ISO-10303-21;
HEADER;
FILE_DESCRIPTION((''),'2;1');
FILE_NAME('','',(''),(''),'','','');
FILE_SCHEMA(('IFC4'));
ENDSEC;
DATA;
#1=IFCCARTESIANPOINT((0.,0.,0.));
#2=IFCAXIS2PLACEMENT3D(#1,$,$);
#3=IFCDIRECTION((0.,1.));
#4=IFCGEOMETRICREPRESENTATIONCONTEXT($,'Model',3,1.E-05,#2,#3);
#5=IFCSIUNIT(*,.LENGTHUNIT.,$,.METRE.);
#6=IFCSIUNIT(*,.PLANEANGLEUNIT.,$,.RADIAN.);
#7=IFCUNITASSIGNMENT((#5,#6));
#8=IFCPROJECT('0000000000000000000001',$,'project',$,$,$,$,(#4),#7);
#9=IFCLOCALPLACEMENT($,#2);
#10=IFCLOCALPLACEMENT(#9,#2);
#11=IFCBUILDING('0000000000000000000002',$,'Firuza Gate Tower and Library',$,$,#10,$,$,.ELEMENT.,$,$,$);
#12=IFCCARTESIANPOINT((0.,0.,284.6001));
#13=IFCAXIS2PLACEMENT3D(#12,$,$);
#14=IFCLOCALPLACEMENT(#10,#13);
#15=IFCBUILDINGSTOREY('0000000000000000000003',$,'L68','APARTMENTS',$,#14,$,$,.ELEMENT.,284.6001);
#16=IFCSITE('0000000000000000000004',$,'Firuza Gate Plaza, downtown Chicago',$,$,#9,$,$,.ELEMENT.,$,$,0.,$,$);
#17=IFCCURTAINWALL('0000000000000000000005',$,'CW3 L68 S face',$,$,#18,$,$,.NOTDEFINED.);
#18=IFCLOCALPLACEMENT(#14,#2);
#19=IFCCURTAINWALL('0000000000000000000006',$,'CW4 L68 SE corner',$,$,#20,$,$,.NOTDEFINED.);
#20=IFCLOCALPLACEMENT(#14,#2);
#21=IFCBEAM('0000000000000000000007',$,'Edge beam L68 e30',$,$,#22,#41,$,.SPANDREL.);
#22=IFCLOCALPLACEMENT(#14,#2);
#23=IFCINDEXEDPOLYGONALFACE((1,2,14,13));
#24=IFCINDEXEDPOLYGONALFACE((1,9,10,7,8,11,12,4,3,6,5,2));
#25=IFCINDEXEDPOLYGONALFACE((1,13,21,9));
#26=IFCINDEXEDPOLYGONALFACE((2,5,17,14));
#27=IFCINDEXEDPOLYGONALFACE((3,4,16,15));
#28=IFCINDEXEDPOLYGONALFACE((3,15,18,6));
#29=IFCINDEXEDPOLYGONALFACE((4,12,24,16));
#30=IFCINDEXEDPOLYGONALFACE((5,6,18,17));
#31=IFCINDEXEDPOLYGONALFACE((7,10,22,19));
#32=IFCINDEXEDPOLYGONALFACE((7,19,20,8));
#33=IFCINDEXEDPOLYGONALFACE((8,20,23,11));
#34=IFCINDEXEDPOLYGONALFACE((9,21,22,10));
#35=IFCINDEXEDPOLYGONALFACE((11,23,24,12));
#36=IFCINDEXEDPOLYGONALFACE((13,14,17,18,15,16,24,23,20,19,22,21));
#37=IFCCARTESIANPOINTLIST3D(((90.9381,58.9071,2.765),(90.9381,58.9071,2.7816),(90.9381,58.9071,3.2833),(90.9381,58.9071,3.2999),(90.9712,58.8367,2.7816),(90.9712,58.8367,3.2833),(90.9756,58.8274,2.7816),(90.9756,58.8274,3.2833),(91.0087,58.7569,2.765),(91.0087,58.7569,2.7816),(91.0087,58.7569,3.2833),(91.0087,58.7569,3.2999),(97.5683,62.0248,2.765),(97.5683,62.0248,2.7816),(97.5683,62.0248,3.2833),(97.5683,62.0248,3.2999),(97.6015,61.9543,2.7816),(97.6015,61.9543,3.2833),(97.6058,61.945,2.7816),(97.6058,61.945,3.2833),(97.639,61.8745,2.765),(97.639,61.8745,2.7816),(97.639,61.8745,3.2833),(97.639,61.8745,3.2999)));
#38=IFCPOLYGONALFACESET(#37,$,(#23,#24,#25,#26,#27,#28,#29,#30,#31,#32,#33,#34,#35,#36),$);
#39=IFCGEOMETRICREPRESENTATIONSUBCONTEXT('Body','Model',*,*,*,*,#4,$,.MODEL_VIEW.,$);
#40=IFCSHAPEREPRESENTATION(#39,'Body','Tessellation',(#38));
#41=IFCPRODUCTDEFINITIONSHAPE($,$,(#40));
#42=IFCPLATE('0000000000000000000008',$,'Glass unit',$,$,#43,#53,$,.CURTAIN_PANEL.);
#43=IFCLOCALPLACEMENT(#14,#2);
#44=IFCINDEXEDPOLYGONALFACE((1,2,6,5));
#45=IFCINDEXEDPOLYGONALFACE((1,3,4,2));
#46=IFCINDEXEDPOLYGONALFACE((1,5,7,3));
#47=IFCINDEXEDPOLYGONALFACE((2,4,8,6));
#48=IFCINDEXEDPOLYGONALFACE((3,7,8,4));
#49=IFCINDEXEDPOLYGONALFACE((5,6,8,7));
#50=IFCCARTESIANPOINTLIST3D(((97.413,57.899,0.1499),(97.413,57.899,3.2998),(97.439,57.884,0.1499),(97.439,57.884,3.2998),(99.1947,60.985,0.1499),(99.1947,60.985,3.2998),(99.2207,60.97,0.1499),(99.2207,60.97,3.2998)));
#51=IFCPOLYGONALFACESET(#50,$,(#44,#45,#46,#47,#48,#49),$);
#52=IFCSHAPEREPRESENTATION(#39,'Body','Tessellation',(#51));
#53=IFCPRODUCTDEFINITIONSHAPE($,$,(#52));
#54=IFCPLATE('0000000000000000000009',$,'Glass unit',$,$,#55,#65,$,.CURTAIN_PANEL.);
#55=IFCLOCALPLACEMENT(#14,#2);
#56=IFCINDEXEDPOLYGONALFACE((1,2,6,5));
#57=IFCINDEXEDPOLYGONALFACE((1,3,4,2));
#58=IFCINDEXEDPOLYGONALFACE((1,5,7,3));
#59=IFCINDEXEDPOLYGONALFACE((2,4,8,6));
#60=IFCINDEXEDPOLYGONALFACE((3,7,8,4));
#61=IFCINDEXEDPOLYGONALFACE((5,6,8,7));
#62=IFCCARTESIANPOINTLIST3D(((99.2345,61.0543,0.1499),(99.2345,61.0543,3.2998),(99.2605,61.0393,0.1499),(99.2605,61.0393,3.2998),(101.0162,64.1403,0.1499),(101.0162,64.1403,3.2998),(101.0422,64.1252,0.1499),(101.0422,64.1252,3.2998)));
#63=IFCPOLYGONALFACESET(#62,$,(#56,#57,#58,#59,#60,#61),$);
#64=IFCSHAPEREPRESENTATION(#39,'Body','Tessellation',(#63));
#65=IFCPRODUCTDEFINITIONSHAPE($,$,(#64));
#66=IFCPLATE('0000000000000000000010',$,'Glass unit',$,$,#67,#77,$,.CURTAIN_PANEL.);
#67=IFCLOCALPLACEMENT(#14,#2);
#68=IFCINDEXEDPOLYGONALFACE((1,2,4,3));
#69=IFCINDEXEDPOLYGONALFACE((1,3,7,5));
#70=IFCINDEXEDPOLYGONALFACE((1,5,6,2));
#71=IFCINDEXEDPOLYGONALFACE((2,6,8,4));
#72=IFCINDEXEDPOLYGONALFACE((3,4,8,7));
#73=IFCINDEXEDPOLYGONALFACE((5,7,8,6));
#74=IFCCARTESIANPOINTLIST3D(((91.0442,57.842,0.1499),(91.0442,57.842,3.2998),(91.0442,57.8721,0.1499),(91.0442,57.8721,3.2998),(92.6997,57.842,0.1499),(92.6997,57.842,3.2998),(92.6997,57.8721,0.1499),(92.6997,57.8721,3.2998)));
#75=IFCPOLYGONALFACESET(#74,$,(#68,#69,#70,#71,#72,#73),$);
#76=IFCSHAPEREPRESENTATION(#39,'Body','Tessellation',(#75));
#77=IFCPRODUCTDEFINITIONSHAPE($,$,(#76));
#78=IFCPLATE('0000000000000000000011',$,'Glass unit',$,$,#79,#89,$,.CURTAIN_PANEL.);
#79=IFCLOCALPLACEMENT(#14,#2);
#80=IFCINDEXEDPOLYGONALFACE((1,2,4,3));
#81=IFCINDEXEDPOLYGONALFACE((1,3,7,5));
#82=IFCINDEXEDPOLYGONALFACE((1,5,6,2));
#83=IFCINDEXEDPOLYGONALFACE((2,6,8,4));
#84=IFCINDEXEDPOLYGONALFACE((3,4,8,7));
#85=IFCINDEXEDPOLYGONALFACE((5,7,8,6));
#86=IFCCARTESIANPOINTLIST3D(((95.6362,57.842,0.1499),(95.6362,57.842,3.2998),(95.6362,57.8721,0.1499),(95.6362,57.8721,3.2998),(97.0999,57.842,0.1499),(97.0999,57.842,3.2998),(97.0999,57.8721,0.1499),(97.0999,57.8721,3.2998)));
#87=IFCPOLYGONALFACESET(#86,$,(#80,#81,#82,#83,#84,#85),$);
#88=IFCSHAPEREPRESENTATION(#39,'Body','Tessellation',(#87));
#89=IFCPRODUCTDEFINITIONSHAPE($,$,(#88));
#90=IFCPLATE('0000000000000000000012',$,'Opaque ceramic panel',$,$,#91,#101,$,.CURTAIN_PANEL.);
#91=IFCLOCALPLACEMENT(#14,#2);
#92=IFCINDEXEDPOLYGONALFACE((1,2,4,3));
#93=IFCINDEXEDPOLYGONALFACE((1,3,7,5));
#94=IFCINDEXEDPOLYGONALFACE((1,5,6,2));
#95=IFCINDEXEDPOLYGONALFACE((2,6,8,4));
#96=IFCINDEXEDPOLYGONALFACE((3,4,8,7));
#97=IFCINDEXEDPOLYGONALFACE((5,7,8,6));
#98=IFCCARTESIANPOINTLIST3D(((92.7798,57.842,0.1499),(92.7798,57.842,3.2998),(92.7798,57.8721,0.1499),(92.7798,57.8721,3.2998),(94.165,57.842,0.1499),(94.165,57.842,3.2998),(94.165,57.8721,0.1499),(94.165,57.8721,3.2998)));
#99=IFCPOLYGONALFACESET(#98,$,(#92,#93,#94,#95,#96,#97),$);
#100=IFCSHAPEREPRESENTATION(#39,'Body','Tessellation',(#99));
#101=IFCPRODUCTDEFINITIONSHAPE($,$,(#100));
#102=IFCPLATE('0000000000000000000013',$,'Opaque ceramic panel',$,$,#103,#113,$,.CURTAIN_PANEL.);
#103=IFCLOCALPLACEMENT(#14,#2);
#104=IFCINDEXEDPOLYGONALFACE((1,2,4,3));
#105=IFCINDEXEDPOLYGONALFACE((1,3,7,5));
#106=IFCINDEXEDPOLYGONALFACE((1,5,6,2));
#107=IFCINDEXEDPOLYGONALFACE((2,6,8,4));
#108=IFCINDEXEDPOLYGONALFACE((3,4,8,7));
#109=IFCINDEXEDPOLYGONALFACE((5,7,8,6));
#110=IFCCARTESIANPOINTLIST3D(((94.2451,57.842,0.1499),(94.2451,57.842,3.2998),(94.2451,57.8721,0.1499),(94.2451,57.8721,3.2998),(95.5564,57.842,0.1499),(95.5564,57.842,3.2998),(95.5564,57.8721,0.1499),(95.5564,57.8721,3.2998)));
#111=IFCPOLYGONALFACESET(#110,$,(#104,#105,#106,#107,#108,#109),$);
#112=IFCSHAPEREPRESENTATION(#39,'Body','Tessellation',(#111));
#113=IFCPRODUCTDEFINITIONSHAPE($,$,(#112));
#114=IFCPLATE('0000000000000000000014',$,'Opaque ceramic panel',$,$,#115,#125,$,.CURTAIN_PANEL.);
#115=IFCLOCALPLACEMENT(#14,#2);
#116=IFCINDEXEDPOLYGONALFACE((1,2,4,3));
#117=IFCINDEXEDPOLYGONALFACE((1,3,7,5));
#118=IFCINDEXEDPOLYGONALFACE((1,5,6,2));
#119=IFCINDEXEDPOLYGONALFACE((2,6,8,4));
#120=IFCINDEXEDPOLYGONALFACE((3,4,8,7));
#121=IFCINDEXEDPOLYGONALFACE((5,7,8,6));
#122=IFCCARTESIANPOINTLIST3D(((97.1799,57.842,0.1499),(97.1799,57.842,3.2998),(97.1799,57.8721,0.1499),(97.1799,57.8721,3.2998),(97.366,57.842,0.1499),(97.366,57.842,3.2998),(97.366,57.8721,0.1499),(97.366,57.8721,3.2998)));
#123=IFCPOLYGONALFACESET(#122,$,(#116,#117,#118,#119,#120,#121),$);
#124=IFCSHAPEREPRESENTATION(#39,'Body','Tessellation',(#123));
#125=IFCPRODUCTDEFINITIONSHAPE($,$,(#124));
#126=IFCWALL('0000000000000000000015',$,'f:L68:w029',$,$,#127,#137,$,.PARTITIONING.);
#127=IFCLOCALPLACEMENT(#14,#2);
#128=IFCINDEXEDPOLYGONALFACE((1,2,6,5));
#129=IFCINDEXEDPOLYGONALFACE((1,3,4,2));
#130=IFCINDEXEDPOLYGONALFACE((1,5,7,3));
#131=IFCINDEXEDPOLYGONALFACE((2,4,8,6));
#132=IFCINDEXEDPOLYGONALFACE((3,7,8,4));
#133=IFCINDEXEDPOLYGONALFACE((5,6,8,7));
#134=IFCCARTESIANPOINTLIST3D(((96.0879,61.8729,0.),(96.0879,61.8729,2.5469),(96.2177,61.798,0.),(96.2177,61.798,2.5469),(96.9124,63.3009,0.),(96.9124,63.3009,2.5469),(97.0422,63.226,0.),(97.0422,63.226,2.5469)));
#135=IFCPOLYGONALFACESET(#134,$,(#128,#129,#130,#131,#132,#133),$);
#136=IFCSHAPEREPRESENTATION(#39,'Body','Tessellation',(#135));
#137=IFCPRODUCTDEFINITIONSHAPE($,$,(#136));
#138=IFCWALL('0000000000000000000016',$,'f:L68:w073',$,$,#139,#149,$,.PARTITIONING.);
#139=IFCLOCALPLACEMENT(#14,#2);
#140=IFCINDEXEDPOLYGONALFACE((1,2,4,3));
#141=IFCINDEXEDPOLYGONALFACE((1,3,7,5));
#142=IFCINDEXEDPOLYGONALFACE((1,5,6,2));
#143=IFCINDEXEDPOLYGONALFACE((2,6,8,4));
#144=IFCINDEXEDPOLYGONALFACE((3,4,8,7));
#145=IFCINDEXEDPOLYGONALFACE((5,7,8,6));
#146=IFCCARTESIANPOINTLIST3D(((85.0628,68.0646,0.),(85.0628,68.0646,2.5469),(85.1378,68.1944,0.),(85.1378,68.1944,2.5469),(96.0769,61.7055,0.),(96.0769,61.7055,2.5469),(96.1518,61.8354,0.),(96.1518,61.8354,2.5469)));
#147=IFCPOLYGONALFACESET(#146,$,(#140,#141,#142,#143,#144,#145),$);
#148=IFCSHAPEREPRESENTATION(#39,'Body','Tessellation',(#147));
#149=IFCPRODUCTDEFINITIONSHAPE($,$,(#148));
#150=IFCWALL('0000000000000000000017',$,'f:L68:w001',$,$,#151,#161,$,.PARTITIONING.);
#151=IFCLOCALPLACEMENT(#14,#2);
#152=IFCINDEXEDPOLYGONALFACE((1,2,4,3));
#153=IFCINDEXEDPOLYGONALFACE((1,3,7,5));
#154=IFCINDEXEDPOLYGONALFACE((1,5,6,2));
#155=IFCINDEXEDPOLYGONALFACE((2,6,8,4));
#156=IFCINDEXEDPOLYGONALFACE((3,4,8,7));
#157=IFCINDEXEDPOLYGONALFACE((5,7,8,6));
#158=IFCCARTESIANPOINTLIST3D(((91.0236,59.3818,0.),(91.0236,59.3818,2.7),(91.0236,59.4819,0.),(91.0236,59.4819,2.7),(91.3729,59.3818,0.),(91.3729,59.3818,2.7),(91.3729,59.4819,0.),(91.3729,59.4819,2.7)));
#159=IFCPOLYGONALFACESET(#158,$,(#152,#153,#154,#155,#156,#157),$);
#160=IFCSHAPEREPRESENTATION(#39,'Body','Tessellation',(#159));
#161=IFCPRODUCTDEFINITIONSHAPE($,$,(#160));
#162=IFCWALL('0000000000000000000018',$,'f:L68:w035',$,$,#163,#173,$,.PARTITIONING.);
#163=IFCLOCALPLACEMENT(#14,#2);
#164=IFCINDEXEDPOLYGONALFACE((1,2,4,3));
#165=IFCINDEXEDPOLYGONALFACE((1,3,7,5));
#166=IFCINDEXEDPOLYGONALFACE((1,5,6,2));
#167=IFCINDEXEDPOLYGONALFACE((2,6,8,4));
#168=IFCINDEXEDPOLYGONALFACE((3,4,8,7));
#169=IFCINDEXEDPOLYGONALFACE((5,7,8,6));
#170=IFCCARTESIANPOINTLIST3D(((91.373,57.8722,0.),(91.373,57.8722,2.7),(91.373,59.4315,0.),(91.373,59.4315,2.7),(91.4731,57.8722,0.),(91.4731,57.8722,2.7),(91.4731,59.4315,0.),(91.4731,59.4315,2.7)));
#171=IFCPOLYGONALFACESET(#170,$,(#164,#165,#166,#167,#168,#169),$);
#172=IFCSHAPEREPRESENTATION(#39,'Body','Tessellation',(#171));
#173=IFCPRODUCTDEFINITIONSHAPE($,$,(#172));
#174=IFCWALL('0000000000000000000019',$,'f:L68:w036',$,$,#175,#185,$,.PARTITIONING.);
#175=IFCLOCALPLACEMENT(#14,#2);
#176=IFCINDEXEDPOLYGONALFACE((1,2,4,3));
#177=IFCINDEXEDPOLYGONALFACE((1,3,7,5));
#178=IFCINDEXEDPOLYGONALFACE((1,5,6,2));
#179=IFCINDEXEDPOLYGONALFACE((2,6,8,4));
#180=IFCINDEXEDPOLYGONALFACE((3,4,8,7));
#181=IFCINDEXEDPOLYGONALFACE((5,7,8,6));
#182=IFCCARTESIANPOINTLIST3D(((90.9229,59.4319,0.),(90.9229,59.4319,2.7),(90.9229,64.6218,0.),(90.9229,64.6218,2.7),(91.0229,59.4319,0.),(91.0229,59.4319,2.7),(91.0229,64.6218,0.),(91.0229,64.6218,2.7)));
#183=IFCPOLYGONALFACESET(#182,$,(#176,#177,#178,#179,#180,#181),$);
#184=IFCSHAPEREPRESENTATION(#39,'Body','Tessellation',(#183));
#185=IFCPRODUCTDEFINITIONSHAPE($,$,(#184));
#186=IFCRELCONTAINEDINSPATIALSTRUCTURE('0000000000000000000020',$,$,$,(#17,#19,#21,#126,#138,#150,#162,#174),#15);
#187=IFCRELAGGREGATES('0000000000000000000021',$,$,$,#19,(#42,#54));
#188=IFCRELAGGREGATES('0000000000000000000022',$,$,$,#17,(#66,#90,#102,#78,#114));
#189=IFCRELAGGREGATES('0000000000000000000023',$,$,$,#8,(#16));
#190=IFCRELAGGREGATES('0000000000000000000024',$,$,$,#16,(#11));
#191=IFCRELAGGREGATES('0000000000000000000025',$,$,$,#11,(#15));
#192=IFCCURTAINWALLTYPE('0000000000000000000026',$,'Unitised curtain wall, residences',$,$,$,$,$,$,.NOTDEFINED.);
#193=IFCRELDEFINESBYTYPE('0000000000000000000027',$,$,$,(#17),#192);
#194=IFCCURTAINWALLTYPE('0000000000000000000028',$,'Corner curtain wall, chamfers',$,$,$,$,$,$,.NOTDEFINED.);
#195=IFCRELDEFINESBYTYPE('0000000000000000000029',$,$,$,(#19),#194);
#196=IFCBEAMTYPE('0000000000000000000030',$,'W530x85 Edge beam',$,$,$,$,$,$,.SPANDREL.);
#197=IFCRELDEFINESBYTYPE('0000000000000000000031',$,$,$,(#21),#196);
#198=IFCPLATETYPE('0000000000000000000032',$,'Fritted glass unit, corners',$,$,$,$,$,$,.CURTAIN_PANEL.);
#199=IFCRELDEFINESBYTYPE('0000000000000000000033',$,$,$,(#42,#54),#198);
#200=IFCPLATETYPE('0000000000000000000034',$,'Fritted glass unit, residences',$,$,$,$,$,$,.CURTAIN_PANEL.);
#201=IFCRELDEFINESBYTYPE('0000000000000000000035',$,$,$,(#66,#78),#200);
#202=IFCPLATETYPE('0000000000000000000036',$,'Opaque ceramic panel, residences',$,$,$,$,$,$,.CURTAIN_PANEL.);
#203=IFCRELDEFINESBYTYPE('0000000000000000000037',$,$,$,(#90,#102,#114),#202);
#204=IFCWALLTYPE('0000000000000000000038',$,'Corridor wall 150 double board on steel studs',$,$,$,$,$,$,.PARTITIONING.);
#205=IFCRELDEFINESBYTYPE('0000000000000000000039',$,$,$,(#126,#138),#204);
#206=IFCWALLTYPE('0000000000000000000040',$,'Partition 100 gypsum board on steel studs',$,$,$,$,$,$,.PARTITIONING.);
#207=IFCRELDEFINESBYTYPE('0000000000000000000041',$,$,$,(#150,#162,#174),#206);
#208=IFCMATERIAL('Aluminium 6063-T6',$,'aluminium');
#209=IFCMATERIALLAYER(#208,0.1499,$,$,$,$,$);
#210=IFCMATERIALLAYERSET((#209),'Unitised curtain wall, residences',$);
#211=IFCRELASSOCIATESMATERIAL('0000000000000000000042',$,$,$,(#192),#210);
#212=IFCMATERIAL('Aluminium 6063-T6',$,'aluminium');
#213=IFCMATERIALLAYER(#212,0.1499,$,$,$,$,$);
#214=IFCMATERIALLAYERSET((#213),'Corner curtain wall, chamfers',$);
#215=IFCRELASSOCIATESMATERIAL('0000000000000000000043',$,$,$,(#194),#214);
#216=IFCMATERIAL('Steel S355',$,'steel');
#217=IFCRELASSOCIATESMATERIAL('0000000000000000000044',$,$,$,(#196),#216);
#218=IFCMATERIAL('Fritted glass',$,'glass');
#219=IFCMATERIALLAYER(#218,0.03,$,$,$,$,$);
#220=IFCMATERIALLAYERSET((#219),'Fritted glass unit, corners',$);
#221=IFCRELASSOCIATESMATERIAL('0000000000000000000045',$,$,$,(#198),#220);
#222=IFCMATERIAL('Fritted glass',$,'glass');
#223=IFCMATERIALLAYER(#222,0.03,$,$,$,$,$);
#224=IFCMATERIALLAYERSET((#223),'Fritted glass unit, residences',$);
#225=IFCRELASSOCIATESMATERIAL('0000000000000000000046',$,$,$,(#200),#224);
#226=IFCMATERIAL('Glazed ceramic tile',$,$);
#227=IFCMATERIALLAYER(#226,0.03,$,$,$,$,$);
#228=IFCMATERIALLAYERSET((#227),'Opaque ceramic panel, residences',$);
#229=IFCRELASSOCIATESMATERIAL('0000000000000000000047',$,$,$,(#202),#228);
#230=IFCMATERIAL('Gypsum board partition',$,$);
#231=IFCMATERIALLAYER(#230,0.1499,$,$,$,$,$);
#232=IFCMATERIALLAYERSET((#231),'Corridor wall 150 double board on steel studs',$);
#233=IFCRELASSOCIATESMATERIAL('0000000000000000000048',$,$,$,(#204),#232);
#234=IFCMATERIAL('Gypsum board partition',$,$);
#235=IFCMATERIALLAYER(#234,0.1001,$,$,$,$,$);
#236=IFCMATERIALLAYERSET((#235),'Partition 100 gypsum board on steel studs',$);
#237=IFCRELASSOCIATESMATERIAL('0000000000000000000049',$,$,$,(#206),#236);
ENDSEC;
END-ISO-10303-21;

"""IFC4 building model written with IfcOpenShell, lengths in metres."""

from ifc_helpers import new_model, si_unit, direction, frame, frame_2d, origin, origin_2d, place, context, subcontext, project, spatial, polyline, rectangle, i_section, outline, extrude, material, layer, layer_set, material_profile, profile_set, type_object, element, aggregate, save


model = new_model("IFC4")

# Units and contexts
model_context = context("Model", 3, precision=1e-05, world=origin(), true_north=direction((0.0, 1.0)))
body_context = subcontext(model_context, "Body", "Model", "MODEL_VIEW")
ifc_project = project(units=[si_unit("LENGTHUNIT", "METRE"), si_unit("PLANEANGLEUNIT", "RADIAN")], contexts=[model_context])

# Site, building, storey
site_placement = place(None, origin())
site = spatial("IfcSite", under=ifc_project, at=site_placement, Name="Firuza Gate Plaza, downtown Chicago", CompositionType="ELEMENT", RefElevation=0.0)
building_placement = place(site_placement, origin())
building = spatial("IfcBuilding", under=site, at=building_placement, Name="Firuza Gate Tower and Library", CompositionType="ELEMENT")
storey_placement = place(building_placement, frame((0.0, 0.0, 284.6001)))
storey = spatial("IfcBuildingStorey", under=building, at=storey_placement, Name="L68", Description="APARTMENTS", CompositionType="ELEMENT", Elevation=284.6001)

# Curtain walls
ifc_material_1 = material(Name="Aluminium 6063-T6", Category="aluminium")
ifc_layer_1 = layer(ifc_material_1, 0.1499)
ifc_layer_set_1 = layer_set([ifc_layer_1], Name="Unitised curtain wall, residences")
curtain_wall_type_1 = type_object("IfcCurtainWallType", Name="Unitised curtain wall, residences", PredefinedType="NOTDEFINED", material=ifc_layer_set_1)
placement = place(storey_placement, origin())
curtain_wall_1 = element("IfcCurtainWall", 1, at=placement, inside=storey, type_object=curtain_wall_type_1, Name="CW3 L68 S face", PredefinedType="NOTDEFINED")
ifc_material_2 = material(Name="Aluminium 6063-T6", Category="aluminium")
ifc_layer_2 = layer(ifc_material_2, 0.1499)
ifc_layer_set_2 = layer_set([ifc_layer_2], Name="Corner curtain wall, chamfers")
curtain_wall_type_2 = type_object("IfcCurtainWallType", Name="Corner curtain wall, chamfers", PredefinedType="NOTDEFINED", material=ifc_layer_set_2)
curtain_wall_2 = element("IfcCurtainWall", 2, at=placement, inside=storey, type_object=curtain_wall_type_2, Name="CW4 L68 SE corner", PredefinedType="NOTDEFINED")

# Beam
ifc_material_3 = material(Name="Steel S355", Category="steel")
ifc_material_profile_1 = material_profile(ifc_material_3, i_section(OverallWidth=0.166, OverallDepth=0.5349, WebThickness=0.0103, FlangeThickness=0.0166, at=origin_2d()))
ifc_profile_set_1 = profile_set([ifc_material_profile_1], Name="Steel S355")
beam_type_1 = type_object("IfcBeamType", Name="W530x85 Edge beam", PredefinedType="SPANDREL", material=ifc_profile_set_1)
beam_1_placement = place(storey_placement, frame((90.9734, 58.832, 3.0325), z_axis=(0.90495, 0.425518, 0.0), x_axis=(-0.425518, 0.90495, 0.0)))
element("IfcBeam", 3, at=beam_1_placement, inside=storey, type_object=beam_type_1, Name="Edge beam L68 e30", PredefinedType="SPANDREL", context=body_context, shape_type="SweptSolid", body=[
    extrude(i_section(OverallWidth=0.166, OverallDepth=0.5349, WebThickness=0.0103, FlangeThickness=0.0166, at=origin_2d()), origin(), (0.0, 0.0, 1.0), 7.3267),
])

# Plates
ifc_material_4 = material(Name="Fritted glass", Category="glass")
ifc_layer_3 = layer(ifc_material_4, 0.03)
ifc_layer_set_3 = layer_set([ifc_layer_3], Name="Fritted glass unit, corners")
plate_type_1 = type_object("IfcPlateType", Name="Fritted glass unit, corners", PredefinedType="CURTAIN_PANEL", material=ifc_layer_set_3)
plate_1_placement = place(storey_placement, frame((97.439, 57.884, 0.1499), z_axis=(0.866017, -0.500015, 0.0), x_axis=(0.500015, 0.866017, 0.0)))
plate_1 = element("IfcPlate", 4, at=plate_1_placement, type_object=plate_type_1, Name="Glass unit", PredefinedType="CURTAIN_PANEL", context=body_context, shape_type="SweptSolid", body=[
    extrude(outline(polyline([(0.0, 0.0), (3.5634, 0.0), (3.5634, 3.1499), (0.0, 3.1499), (0.0, 0.0)])), origin(), (0.0, 0.0, -1.0), 0.03),
])
plate_2_placement = place(storey_placement, frame((99.2605, 61.0393, 0.1499), z_axis=(0.866017, -0.500015, 0.0), x_axis=(0.500015, 0.866017, 0.0)))
plate_2 = element("IfcPlate", 5, at=plate_2_placement, type_object=plate_type_1, Name="Glass unit", PredefinedType="CURTAIN_PANEL", context=body_context, shape_type="SweptSolid", body=[
    extrude(outline(polyline([(0.0, 0.0), (3.5634, 0.0), (3.5634, 3.1499), (0.0, 3.1499), (0.0, 0.0)])), origin(), (0.0, 0.0, -1.0), 0.03),
])
aggregate(curtain_wall_2, [plate_1, plate_2])
ifc_material_5 = material(Name="Fritted glass", Category="glass")
ifc_layer_4 = layer(ifc_material_5, 0.03)
ifc_layer_set_4 = layer_set([ifc_layer_4], Name="Fritted glass unit, residences")
plate_type_2 = type_object("IfcPlateType", Name="Fritted glass unit, residences", PredefinedType="CURTAIN_PANEL", material=ifc_layer_set_4)
plate_3_placement = place(storey_placement, frame((91.0442, 57.842, 0.1499), z_axis=(0.0, -1.0, 0.0), x_axis=(1.0, 0.0, 0.0)))
plate_3 = element("IfcPlate", 6, at=plate_3_placement, type_object=plate_type_2, Name="Glass unit", PredefinedType="CURTAIN_PANEL", context=body_context, shape_type="SweptSolid", body=[
    extrude(outline(polyline([(0.0, 0.0), (1.6555, 0.0), (1.6555, 3.1499), (0.0, 3.1499), (0.0, 0.0)])), origin(), (0.0, 0.0, -1.0), 0.03),
])
plate_4_placement = place(storey_placement, frame((95.6362, 57.842, 0.1499), z_axis=(0.0, -1.0, 0.0), x_axis=(1.0, 0.0, 0.0)))
plate_4 = element("IfcPlate", 7, at=plate_4_placement, type_object=plate_type_2, Name="Glass unit", PredefinedType="CURTAIN_PANEL", context=body_context, shape_type="SweptSolid", body=[
    extrude(outline(polyline([(0.0, 0.0), (1.4636, 0.0), (1.4636, 3.1499), (0.0, 3.1499), (0.0, 0.0)])), origin(), (0.0, 0.0, -1.0), 0.03),
])
ifc_material_6 = material(Name="Glazed ceramic tile")
ifc_layer_5 = layer(ifc_material_6, 0.03)
ifc_layer_set_5 = layer_set([ifc_layer_5], Name="Opaque ceramic panel, residences")
plate_type_3 = type_object("IfcPlateType", Name="Opaque ceramic panel, residences", PredefinedType="CURTAIN_PANEL", material=ifc_layer_set_5)
plate_5_placement = place(storey_placement, frame((92.7798, 57.842, 0.1499), z_axis=(0.0, -1.0, 0.0), x_axis=(1.0, 0.0, 0.0)))
plate_5 = element("IfcPlate", 8, at=plate_5_placement, type_object=plate_type_3, Name="Opaque ceramic panel", PredefinedType="CURTAIN_PANEL", context=body_context, shape_type="SweptSolid", body=[
    extrude(outline(polyline([(0.0, 0.0), (1.3853, 0.0), (1.3853, 3.1499), (0.0, 3.1499), (0.0, 0.0)])), origin(), (0.0, 0.0, -1.0), 0.03),
])
plate_6_placement = place(storey_placement, frame((94.2451, 57.842, 0.1499), z_axis=(0.0, -1.0, 0.0), x_axis=(1.0, 0.0, 0.0)))
plate_6 = element("IfcPlate", 9, at=plate_6_placement, type_object=plate_type_3, Name="Opaque ceramic panel", PredefinedType="CURTAIN_PANEL", context=body_context, shape_type="SweptSolid", body=[
    extrude(outline(polyline([(0.0, 0.0), (1.3113, 0.0), (1.3113, 3.1499), (0.0, 3.1499), (0.0, 0.0)])), origin(), (0.0, 0.0, -1.0), 0.03),
])
plate_7_placement = place(storey_placement, frame((97.1799, 57.842, 0.1499), z_axis=(0.0, -1.0, 0.0), x_axis=(1.0, 0.0, 0.0)))
plate_7 = element("IfcPlate", 10, at=plate_7_placement, type_object=plate_type_3, Name="Opaque ceramic panel", PredefinedType="CURTAIN_PANEL", context=body_context, shape_type="SweptSolid", body=[
    extrude(outline(polyline([(0.0, 0.0), (0.186, 0.0), (0.186, 3.1499), (0.0, 3.1499), (0.0, 0.0)])), origin(), (0.0, 0.0, -1.0), 0.03),
])
aggregate(curtain_wall_1, [plate_3, plate_5, plate_6, plate_4, plate_7])

# Walls
ifc_material_7 = material(Name="Gypsum board partition")
ifc_layer_6 = layer(ifc_material_7, 0.1499)
ifc_layer_set_6 = layer_set([ifc_layer_6], Name="Corridor wall 150 double board on steel studs")
wall_type_1 = type_object("IfcWallType", Name="Corridor wall 150 double board on steel studs", PredefinedType="PARTITIONING", material=ifc_layer_set_6)
wall_1_placement = place(storey_placement, frame((96.1528, 61.8354, 0.0), z_axis=(0.0, 0.0, 1.0), x_axis=(0.500009, 0.86602, 0.0)))
element("IfcWall", 11, at=wall_1_placement, inside=storey, type_object=wall_type_1, Name="f:L68:w029", PredefinedType="PARTITIONING", context=body_context, shape_type="SweptSolid", body=[
    extrude(rectangle(XDim=1.6489, YDim=0.1499, at=frame_2d((0.8245, 0.0))), origin(), (0.0, 0.0, 1.0), 2.5469),
])
wall_2_placement = place(storey_placement, frame((96.1143, 61.7705, 0.0), z_axis=(0.0, 0.0, 1.0), x_axis=(-0.866022, 0.500006, 0.0)))
element("IfcWall", 12, at=wall_2_placement, inside=storey, type_object=wall_type_1, Name="f:L68:w073", PredefinedType="PARTITIONING", context=body_context, shape_type="SweptSolid", body=[
    extrude(rectangle(XDim=12.718, YDim=0.1499, at=frame_2d((6.3589, 0.0))), origin(), (0.0, 0.0, 1.0), 2.5469),
])
ifc_material_8 = material(Name="Gypsum board partition")
ifc_layer_7 = layer(ifc_material_8, 0.1001)
ifc_layer_set_7 = layer_set([ifc_layer_7], Name="Partition 100 gypsum board on steel studs")
wall_type_2 = type_object("IfcWallType", Name="Partition 100 gypsum board on steel studs", PredefinedType="PARTITIONING", material=ifc_layer_set_7)
wall_3_placement = place(storey_placement, frame((91.0234, 59.4319, 0.0), z_axis=(0.0, 0.0, 1.0), x_axis=(1.0, 0.0, 0.0)))
element("IfcWall", 13, at=wall_3_placement, inside=storey, type_object=wall_type_2, Name="f:L68:w001", PredefinedType="PARTITIONING", context=body_context, shape_type="SweptSolid", body=[
    extrude(rectangle(XDim=0.3494, YDim=0.1001, at=frame_2d((0.1748, 0.0))), origin(), (0.0, 0.0, 1.0), 2.7),
])
wall_4_placement = place(storey_placement, frame((91.4231, 57.8721, 0.0), z_axis=(0.0, 0.0, 1.0), x_axis=(0.0, 1.0, 0.0)))
element("IfcWall", 14, at=wall_4_placement, inside=storey, type_object=wall_type_2, Name="f:L68:w035", PredefinedType="PARTITIONING", context=body_context, shape_type="SweptSolid", body=[
    extrude(rectangle(XDim=1.5593, YDim=0.1001, at=frame_2d((0.7798, 0.0))), origin(), (0.0, 0.0, 1.0), 2.7),
])
wall_5_placement = place(storey_placement, frame((90.9729, 59.4319, 0.0), z_axis=(0.0, 0.0, 1.0), x_axis=(0.0, 1.0, 0.0)))
element("IfcWall", 15, at=wall_5_placement, inside=storey, type_object=wall_type_2, Name="f:L68:w036", PredefinedType="PARTITIONING", context=body_context, shape_type="SweptSolid", body=[
    extrude(rectangle(XDim=5.1899, YDim=0.1001, at=frame_2d((2.595, 0.0))), origin(), (0.0, 0.0, 1.0), 2.7),
])

save(model, "model.ifc")
